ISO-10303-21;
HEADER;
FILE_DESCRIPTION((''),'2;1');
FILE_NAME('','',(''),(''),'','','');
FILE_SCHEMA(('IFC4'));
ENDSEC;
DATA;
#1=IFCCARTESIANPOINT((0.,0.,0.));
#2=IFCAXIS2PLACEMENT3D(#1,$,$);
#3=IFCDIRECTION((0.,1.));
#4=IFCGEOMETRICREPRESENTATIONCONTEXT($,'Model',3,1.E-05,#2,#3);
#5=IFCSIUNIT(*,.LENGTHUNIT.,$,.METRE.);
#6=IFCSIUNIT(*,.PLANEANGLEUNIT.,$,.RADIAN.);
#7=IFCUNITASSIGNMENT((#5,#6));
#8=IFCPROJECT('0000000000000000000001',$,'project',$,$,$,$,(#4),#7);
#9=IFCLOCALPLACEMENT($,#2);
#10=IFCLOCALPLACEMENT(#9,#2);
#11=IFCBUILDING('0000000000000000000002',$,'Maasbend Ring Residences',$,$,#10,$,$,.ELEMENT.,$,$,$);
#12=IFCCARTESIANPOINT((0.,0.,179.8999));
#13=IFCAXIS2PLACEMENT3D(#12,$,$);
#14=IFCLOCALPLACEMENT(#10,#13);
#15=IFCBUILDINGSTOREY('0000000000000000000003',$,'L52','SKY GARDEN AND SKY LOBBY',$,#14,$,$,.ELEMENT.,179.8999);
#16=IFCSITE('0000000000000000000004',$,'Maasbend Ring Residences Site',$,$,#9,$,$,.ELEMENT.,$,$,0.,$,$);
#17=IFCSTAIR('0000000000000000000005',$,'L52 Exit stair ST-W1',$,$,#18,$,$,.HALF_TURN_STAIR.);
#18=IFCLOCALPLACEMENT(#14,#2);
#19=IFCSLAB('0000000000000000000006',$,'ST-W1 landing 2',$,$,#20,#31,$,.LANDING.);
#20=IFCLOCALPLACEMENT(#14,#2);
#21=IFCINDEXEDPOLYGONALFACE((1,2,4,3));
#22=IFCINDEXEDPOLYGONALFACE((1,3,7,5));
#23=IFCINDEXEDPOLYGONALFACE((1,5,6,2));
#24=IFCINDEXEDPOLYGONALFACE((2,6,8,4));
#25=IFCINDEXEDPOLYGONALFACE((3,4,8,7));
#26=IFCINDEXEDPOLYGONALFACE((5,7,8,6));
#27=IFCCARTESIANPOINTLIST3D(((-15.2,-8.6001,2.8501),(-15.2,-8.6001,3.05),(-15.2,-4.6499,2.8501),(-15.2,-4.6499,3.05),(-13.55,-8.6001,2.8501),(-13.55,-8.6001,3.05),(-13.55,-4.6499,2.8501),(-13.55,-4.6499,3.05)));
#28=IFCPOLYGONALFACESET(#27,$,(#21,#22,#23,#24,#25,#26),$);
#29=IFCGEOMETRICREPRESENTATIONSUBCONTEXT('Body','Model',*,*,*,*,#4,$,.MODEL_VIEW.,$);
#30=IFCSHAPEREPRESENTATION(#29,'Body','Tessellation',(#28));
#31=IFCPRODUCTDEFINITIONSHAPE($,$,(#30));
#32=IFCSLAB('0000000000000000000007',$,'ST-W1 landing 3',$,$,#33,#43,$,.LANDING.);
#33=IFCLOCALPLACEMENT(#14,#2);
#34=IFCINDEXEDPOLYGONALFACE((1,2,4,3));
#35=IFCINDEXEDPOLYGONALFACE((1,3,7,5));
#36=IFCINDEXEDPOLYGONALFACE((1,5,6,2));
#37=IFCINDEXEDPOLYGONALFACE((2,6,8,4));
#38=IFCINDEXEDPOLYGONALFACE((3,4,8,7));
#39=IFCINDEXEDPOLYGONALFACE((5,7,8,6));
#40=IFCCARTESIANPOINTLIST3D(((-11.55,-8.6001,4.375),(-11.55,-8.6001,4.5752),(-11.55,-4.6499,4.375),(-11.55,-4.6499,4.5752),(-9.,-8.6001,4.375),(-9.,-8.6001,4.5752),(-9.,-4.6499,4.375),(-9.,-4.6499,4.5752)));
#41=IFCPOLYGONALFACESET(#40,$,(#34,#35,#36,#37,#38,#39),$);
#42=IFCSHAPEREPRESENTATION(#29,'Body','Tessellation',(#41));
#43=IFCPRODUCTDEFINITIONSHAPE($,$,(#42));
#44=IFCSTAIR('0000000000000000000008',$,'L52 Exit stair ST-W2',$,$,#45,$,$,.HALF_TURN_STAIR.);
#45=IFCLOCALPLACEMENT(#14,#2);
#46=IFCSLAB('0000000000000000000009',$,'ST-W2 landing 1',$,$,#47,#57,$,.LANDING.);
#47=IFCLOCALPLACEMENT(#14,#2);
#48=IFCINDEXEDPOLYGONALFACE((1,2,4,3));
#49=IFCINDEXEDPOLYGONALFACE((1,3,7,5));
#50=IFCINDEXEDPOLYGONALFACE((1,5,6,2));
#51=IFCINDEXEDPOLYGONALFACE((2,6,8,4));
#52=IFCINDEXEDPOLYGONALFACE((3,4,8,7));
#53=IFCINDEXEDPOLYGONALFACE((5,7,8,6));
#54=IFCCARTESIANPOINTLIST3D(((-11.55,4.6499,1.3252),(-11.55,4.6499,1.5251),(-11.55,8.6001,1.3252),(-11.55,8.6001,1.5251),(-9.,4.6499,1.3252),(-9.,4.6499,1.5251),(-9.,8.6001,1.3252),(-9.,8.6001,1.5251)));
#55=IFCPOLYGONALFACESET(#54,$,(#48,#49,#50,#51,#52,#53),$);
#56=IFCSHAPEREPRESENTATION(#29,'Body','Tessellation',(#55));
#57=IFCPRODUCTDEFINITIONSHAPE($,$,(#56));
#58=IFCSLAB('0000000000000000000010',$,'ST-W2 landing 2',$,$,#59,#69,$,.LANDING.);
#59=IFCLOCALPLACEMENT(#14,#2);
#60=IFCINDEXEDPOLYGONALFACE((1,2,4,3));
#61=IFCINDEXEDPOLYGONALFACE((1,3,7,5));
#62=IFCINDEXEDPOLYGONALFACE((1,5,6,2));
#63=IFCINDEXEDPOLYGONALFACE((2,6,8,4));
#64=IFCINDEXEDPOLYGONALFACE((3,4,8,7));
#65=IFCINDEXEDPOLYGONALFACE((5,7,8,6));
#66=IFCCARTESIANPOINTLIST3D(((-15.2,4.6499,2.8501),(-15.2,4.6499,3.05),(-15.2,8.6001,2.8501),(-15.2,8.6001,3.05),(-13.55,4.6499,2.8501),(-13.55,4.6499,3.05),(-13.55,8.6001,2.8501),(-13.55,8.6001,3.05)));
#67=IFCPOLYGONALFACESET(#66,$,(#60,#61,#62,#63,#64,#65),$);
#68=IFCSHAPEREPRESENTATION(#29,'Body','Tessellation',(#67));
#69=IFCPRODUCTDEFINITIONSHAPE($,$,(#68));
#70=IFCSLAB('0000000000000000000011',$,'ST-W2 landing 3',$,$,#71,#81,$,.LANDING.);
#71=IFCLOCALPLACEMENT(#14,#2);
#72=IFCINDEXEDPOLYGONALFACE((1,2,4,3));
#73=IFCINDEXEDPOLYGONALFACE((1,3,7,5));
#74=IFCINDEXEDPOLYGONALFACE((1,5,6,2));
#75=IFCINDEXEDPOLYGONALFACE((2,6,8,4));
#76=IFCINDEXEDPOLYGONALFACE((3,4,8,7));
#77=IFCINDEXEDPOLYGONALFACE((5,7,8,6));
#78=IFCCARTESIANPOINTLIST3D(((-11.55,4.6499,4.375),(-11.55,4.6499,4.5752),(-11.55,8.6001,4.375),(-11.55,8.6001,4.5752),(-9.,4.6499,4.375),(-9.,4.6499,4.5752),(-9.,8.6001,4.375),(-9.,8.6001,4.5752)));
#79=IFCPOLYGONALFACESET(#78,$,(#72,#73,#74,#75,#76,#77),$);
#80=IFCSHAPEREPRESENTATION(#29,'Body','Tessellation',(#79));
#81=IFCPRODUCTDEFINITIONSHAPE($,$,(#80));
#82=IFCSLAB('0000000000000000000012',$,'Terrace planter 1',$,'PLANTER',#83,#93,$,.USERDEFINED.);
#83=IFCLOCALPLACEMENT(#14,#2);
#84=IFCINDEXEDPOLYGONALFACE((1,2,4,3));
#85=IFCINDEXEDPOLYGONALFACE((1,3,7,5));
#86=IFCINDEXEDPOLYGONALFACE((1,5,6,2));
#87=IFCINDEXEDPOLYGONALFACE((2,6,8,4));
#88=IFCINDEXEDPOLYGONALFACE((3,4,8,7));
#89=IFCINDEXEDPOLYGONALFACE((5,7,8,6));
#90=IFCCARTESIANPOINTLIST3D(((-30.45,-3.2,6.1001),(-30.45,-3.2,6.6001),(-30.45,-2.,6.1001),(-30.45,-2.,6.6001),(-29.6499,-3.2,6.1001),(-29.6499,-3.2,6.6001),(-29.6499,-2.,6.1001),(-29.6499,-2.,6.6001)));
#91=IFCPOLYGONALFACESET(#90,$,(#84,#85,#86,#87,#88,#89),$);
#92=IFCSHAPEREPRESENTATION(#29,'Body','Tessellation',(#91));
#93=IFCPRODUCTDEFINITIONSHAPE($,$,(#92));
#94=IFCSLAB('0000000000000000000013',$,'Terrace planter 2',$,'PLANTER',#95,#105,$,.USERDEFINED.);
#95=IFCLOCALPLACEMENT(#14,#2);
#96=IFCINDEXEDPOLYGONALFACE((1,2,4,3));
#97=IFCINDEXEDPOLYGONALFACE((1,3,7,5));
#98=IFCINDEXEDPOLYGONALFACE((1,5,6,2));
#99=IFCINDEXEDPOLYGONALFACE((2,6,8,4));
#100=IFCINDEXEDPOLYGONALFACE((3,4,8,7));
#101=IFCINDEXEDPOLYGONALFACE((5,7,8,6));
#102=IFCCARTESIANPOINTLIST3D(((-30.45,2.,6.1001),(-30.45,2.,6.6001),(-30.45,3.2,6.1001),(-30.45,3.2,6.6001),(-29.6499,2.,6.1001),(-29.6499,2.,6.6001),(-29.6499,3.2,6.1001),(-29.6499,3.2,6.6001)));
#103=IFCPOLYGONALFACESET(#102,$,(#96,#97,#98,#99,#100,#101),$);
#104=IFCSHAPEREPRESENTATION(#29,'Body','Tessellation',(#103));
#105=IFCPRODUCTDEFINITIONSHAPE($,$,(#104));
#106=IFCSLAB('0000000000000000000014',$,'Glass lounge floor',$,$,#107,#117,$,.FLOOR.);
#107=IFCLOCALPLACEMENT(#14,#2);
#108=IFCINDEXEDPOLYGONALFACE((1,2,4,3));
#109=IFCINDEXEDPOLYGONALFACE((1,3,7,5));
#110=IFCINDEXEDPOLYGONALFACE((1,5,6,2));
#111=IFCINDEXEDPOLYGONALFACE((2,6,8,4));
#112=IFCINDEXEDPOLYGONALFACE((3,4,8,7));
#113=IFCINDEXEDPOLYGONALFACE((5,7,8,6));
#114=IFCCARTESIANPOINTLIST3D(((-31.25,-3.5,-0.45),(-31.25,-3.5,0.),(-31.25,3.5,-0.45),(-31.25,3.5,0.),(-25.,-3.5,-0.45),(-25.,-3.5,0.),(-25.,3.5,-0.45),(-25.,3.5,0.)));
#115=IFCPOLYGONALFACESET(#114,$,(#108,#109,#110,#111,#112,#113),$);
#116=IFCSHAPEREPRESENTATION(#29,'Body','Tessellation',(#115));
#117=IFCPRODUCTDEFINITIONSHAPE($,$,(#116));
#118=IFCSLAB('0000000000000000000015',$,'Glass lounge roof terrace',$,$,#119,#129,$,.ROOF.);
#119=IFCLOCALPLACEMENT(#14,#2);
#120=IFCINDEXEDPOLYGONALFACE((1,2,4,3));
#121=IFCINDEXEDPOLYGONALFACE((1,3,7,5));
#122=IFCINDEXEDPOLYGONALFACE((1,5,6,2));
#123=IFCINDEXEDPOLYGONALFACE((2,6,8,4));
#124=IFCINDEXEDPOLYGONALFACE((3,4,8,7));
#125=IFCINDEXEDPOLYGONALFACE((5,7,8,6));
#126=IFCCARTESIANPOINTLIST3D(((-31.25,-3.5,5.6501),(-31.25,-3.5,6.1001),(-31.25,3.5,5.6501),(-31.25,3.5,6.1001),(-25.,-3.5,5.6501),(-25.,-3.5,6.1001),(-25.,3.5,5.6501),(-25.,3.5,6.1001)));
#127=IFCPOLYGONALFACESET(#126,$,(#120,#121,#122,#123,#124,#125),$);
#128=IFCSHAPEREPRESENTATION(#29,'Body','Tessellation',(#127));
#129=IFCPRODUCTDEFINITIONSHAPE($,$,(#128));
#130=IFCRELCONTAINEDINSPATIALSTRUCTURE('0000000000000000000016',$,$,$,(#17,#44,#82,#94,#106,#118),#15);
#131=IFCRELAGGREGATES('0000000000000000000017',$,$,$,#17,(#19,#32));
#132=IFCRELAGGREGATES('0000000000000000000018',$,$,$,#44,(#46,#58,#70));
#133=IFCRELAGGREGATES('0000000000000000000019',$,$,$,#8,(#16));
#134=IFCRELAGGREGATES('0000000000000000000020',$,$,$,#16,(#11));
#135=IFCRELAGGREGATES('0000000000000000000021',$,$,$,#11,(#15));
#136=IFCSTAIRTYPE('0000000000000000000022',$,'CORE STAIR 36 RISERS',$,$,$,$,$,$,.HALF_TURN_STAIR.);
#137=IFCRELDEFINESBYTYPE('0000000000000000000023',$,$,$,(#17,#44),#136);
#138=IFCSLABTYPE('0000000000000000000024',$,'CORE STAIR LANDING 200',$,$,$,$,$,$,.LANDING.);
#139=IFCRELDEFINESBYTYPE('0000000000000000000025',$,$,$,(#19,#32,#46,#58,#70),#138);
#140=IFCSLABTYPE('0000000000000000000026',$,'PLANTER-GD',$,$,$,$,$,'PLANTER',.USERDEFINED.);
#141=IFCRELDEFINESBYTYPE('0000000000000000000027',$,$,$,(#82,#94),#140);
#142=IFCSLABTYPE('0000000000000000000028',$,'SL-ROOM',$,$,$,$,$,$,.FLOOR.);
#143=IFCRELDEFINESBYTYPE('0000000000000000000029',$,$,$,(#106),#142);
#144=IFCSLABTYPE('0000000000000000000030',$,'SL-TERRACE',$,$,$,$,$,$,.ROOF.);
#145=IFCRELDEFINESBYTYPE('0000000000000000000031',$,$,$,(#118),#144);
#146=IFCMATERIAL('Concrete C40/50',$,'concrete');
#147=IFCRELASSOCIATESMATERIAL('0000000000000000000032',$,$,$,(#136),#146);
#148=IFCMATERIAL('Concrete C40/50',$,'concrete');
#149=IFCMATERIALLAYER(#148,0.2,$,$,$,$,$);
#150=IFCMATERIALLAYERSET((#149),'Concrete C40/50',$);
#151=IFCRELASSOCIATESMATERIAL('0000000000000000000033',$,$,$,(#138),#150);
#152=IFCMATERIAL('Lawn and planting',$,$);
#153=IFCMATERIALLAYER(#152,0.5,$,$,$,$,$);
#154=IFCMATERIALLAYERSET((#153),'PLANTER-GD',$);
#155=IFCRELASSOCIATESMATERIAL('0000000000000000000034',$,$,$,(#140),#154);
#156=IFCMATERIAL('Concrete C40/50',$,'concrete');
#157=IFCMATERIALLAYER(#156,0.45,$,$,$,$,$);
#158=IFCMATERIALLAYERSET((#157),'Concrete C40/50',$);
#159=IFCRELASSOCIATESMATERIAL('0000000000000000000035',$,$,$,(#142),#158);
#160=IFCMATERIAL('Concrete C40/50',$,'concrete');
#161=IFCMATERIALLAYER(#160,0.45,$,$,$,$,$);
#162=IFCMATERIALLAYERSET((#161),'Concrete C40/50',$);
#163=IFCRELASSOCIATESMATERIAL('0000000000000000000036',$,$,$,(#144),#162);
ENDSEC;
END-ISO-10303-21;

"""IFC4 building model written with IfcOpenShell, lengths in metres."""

from ifc_helpers import new_model, si_unit, direction, frame, origin, place, context, subcontext, project, spatial, polyline, outline, extrude, material, layer, layer_set, type_object, element, aggregate, save


model = new_model("IFC4")

# Units and contexts
model_context = context("Model", 3, precision=1e-05, world=origin(), true_north=direction((0.0, 1.0)))
body_context = subcontext(model_context, "Body", "Model", "MODEL_VIEW")
ifc_project = project(units=[si_unit("LENGTHUNIT", "METRE"), si_unit("PLANEANGLEUNIT", "RADIAN")], contexts=[model_context])

# Site, building, storey
site_placement = place(None, origin())
site = spatial("IfcSite", under=ifc_project, at=site_placement, Name="Maasbend Ring Residences Site", CompositionType="ELEMENT", RefElevation=0.0)
building_placement = place(site_placement, origin())
building = spatial("IfcBuilding", under=site, at=building_placement, Name="Maasbend Ring Residences", CompositionType="ELEMENT")
storey_placement = place(building_placement, frame((0.0, 0.0, 179.8999)))
storey = spatial("IfcBuildingStorey", under=building, at=storey_placement, Name="L52", Description="SKY GARDEN AND SKY LOBBY", CompositionType="ELEMENT", Elevation=179.8999)

# Stairs, slabs
ifc_material_1 = material(Name="Concrete C40/50", Category="concrete")
stair_type = type_object("IfcStairType", Name="CORE STAIR 36 RISERS", PredefinedType="HALF_TURN_STAIR", material=ifc_material_1)
ifc_material_2 = material(Name="Concrete C40/50", Category="concrete")
ifc_layer_1 = layer(ifc_material_2, 0.2)
ifc_layer_set_1 = layer_set([ifc_layer_1], Name="Concrete C40/50")
slab_type_1 = type_object("IfcSlabType", Name="CORE STAIR LANDING 200", PredefinedType="LANDING", material=ifc_layer_set_1)
stair_1_placement = place(storey_placement, origin())
stair_1 = element("IfcStair", 1, at=stair_1_placement, inside=storey, type_object=stair_type, Name="L52 Exit stair ST-W1", PredefinedType="HALF_TURN_STAIR")
slab_1_placement = place(storey_placement, frame((0.0, 0.0, 2.8501)))
slab_1 = element("IfcSlab", 2, at=slab_1_placement, type_object=slab_type_1, Name="ST-W1 landing 2", PredefinedType="LANDING", context=body_context, shape_type="SweptSolid", body=[
    extrude(outline(polyline([(-15.2, -8.6001), (-13.55, -8.6001), (-13.55, -4.6499), (-15.2, -4.6499), (-15.2, -8.6001)])), origin(), (0.0, 0.0, 1.0), 0.2),
])
slab_2_placement = place(storey_placement, frame((0.0, 0.0, 4.375)))
slab_2 = element("IfcSlab", 3, at=slab_2_placement, type_object=slab_type_1, Name="ST-W1 landing 3", PredefinedType="LANDING", context=body_context, shape_type="SweptSolid", body=[
    extrude(outline(polyline([(-11.55, -8.6001), (-9.0, -8.6001), (-9.0, -4.6499), (-11.55, -4.6499), (-11.55, -8.6001)])), origin(), (0.0, 0.0, 1.0), 0.2002),
])
aggregate(stair_1, [slab_1, slab_2])
stair_2_placement = place(storey_placement, origin())
stair_2 = element("IfcStair", 4, at=stair_2_placement, inside=storey, type_object=stair_type, Name="L52 Exit stair ST-W2", PredefinedType="HALF_TURN_STAIR")
slab_3_placement = place(storey_placement, frame((0.0, 0.0, 1.3252)))
slab_3 = element("IfcSlab", 5, at=slab_3_placement, type_object=slab_type_1, Name="ST-W2 landing 1", PredefinedType="LANDING", context=body_context, shape_type="SweptSolid", body=[
    extrude(outline(polyline([(-11.55, 4.6499), (-9.0, 4.6499), (-9.0, 8.6001), (-11.55, 8.6001), (-11.55, 4.6499)])), origin(), (0.0, 0.0, 1.0), 0.2),
])
slab_4_placement = place(storey_placement, frame((0.0, 0.0, 2.8501)))
slab_4 = element("IfcSlab", 6, at=slab_4_placement, type_object=slab_type_1, Name="ST-W2 landing 2", PredefinedType="LANDING", context=body_context, shape_type="SweptSolid", body=[
    extrude(outline(polyline([(-15.2, 4.6499), (-13.55, 4.6499), (-13.55, 8.6001), (-15.2, 8.6001), (-15.2, 4.6499)])), origin(), (0.0, 0.0, 1.0), 0.2),
])
slab_5_placement = place(storey_placement, frame((0.0, 0.0, 4.375)))
slab_5 = element("IfcSlab", 7, at=slab_5_placement, type_object=slab_type_1, Name="ST-W2 landing 3", PredefinedType="LANDING", context=body_context, shape_type="SweptSolid", body=[
    extrude(outline(polyline([(-11.55, 4.6499), (-9.0, 4.6499), (-9.0, 8.6001), (-11.55, 8.6001), (-11.55, 4.6499)])), origin(), (0.0, 0.0, 1.0), 0.2002),
])
aggregate(stair_2, [slab_3, slab_4, slab_5])

# Slabs
ifc_material_3 = material(Name="Lawn and planting")
ifc_layer_2 = layer(ifc_material_3, 0.5)
ifc_layer_set_2 = layer_set([ifc_layer_2], Name="PLANTER-GD")
slab_type_2 = type_object("IfcSlabType", Name="PLANTER-GD", ElementType="PLANTER", PredefinedType="USERDEFINED", material=ifc_layer_set_2)
slab_6_placement = place(storey_placement, frame((0.0, 0.0, 6.1001)))
element("IfcSlab", 8, at=slab_6_placement, inside=storey, type_object=slab_type_2, Name="Terrace planter 1", ObjectType="PLANTER", PredefinedType="USERDEFINED", context=body_context, shape_type="SweptSolid", body=[
    extrude(outline(polyline([(-30.45, -3.2), (-29.6499, -3.2), (-29.6499, -2.0), (-30.45, -2.0), (-30.45, -3.2)])), origin(), (0.0, 0.0, 1.0), 0.5),
])
slab_7_placement = place(storey_placement, frame((0.0, 0.0, 6.1001)))
element("IfcSlab", 9, at=slab_7_placement, inside=storey, type_object=slab_type_2, Name="Terrace planter 2", ObjectType="PLANTER", PredefinedType="USERDEFINED", context=body_context, shape_type="SweptSolid", body=[
    extrude(outline(polyline([(-30.45, 2.0), (-29.6499, 2.0), (-29.6499, 3.2), (-30.45, 3.2), (-30.45, 2.0)])), origin(), (0.0, 0.0, 1.0), 0.5),
])
ifc_material_4 = material(Name="Concrete C40/50", Category="concrete")
ifc_layer_3 = layer(ifc_material_4, 0.45)
ifc_layer_set_3 = layer_set([ifc_layer_3], Name="Concrete C40/50")
slab_type_3 = type_object("IfcSlabType", Name="SL-ROOM", PredefinedType="FLOOR", material=ifc_layer_set_3)
slab_8_placement = place(storey_placement, frame((0.0, 0.0, -0.45)))
element("IfcSlab", 10, at=slab_8_placement, inside=storey, type_object=slab_type_3, Name="Glass lounge floor", PredefinedType="FLOOR", context=body_context, shape_type="SweptSolid", body=[
    extrude(outline(polyline([(-31.25, -3.5), (-25.0, -3.5), (-25.0, 3.5), (-31.25, 3.5), (-31.25, -3.5)])), origin(), (0.0, 0.0, 1.0), 0.45),
])
ifc_material_5 = material(Name="Concrete C40/50", Category="concrete")
ifc_layer_4 = layer(ifc_material_5, 0.45)
ifc_layer_set_4 = layer_set([ifc_layer_4], Name="Concrete C40/50")
slab_type_4 = type_object("IfcSlabType", Name="SL-TERRACE", PredefinedType="ROOF", material=ifc_layer_set_4)
slab_9_placement = place(storey_placement, frame((0.0, 0.0, 5.6501)))
element("IfcSlab", 11, at=slab_9_placement, inside=storey, type_object=slab_type_4, Name="Glass lounge roof terrace", PredefinedType="ROOF", context=body_context, shape_type="SweptSolid", body=[
    extrude(outline(polyline([(-31.25, -3.5), (-25.0, -3.5), (-25.0, 3.5), (-31.25, 3.5), (-31.25, -3.5)])), origin(), (0.0, 0.0, 1.0), 0.45),
])

save(model, "model.ifc")
